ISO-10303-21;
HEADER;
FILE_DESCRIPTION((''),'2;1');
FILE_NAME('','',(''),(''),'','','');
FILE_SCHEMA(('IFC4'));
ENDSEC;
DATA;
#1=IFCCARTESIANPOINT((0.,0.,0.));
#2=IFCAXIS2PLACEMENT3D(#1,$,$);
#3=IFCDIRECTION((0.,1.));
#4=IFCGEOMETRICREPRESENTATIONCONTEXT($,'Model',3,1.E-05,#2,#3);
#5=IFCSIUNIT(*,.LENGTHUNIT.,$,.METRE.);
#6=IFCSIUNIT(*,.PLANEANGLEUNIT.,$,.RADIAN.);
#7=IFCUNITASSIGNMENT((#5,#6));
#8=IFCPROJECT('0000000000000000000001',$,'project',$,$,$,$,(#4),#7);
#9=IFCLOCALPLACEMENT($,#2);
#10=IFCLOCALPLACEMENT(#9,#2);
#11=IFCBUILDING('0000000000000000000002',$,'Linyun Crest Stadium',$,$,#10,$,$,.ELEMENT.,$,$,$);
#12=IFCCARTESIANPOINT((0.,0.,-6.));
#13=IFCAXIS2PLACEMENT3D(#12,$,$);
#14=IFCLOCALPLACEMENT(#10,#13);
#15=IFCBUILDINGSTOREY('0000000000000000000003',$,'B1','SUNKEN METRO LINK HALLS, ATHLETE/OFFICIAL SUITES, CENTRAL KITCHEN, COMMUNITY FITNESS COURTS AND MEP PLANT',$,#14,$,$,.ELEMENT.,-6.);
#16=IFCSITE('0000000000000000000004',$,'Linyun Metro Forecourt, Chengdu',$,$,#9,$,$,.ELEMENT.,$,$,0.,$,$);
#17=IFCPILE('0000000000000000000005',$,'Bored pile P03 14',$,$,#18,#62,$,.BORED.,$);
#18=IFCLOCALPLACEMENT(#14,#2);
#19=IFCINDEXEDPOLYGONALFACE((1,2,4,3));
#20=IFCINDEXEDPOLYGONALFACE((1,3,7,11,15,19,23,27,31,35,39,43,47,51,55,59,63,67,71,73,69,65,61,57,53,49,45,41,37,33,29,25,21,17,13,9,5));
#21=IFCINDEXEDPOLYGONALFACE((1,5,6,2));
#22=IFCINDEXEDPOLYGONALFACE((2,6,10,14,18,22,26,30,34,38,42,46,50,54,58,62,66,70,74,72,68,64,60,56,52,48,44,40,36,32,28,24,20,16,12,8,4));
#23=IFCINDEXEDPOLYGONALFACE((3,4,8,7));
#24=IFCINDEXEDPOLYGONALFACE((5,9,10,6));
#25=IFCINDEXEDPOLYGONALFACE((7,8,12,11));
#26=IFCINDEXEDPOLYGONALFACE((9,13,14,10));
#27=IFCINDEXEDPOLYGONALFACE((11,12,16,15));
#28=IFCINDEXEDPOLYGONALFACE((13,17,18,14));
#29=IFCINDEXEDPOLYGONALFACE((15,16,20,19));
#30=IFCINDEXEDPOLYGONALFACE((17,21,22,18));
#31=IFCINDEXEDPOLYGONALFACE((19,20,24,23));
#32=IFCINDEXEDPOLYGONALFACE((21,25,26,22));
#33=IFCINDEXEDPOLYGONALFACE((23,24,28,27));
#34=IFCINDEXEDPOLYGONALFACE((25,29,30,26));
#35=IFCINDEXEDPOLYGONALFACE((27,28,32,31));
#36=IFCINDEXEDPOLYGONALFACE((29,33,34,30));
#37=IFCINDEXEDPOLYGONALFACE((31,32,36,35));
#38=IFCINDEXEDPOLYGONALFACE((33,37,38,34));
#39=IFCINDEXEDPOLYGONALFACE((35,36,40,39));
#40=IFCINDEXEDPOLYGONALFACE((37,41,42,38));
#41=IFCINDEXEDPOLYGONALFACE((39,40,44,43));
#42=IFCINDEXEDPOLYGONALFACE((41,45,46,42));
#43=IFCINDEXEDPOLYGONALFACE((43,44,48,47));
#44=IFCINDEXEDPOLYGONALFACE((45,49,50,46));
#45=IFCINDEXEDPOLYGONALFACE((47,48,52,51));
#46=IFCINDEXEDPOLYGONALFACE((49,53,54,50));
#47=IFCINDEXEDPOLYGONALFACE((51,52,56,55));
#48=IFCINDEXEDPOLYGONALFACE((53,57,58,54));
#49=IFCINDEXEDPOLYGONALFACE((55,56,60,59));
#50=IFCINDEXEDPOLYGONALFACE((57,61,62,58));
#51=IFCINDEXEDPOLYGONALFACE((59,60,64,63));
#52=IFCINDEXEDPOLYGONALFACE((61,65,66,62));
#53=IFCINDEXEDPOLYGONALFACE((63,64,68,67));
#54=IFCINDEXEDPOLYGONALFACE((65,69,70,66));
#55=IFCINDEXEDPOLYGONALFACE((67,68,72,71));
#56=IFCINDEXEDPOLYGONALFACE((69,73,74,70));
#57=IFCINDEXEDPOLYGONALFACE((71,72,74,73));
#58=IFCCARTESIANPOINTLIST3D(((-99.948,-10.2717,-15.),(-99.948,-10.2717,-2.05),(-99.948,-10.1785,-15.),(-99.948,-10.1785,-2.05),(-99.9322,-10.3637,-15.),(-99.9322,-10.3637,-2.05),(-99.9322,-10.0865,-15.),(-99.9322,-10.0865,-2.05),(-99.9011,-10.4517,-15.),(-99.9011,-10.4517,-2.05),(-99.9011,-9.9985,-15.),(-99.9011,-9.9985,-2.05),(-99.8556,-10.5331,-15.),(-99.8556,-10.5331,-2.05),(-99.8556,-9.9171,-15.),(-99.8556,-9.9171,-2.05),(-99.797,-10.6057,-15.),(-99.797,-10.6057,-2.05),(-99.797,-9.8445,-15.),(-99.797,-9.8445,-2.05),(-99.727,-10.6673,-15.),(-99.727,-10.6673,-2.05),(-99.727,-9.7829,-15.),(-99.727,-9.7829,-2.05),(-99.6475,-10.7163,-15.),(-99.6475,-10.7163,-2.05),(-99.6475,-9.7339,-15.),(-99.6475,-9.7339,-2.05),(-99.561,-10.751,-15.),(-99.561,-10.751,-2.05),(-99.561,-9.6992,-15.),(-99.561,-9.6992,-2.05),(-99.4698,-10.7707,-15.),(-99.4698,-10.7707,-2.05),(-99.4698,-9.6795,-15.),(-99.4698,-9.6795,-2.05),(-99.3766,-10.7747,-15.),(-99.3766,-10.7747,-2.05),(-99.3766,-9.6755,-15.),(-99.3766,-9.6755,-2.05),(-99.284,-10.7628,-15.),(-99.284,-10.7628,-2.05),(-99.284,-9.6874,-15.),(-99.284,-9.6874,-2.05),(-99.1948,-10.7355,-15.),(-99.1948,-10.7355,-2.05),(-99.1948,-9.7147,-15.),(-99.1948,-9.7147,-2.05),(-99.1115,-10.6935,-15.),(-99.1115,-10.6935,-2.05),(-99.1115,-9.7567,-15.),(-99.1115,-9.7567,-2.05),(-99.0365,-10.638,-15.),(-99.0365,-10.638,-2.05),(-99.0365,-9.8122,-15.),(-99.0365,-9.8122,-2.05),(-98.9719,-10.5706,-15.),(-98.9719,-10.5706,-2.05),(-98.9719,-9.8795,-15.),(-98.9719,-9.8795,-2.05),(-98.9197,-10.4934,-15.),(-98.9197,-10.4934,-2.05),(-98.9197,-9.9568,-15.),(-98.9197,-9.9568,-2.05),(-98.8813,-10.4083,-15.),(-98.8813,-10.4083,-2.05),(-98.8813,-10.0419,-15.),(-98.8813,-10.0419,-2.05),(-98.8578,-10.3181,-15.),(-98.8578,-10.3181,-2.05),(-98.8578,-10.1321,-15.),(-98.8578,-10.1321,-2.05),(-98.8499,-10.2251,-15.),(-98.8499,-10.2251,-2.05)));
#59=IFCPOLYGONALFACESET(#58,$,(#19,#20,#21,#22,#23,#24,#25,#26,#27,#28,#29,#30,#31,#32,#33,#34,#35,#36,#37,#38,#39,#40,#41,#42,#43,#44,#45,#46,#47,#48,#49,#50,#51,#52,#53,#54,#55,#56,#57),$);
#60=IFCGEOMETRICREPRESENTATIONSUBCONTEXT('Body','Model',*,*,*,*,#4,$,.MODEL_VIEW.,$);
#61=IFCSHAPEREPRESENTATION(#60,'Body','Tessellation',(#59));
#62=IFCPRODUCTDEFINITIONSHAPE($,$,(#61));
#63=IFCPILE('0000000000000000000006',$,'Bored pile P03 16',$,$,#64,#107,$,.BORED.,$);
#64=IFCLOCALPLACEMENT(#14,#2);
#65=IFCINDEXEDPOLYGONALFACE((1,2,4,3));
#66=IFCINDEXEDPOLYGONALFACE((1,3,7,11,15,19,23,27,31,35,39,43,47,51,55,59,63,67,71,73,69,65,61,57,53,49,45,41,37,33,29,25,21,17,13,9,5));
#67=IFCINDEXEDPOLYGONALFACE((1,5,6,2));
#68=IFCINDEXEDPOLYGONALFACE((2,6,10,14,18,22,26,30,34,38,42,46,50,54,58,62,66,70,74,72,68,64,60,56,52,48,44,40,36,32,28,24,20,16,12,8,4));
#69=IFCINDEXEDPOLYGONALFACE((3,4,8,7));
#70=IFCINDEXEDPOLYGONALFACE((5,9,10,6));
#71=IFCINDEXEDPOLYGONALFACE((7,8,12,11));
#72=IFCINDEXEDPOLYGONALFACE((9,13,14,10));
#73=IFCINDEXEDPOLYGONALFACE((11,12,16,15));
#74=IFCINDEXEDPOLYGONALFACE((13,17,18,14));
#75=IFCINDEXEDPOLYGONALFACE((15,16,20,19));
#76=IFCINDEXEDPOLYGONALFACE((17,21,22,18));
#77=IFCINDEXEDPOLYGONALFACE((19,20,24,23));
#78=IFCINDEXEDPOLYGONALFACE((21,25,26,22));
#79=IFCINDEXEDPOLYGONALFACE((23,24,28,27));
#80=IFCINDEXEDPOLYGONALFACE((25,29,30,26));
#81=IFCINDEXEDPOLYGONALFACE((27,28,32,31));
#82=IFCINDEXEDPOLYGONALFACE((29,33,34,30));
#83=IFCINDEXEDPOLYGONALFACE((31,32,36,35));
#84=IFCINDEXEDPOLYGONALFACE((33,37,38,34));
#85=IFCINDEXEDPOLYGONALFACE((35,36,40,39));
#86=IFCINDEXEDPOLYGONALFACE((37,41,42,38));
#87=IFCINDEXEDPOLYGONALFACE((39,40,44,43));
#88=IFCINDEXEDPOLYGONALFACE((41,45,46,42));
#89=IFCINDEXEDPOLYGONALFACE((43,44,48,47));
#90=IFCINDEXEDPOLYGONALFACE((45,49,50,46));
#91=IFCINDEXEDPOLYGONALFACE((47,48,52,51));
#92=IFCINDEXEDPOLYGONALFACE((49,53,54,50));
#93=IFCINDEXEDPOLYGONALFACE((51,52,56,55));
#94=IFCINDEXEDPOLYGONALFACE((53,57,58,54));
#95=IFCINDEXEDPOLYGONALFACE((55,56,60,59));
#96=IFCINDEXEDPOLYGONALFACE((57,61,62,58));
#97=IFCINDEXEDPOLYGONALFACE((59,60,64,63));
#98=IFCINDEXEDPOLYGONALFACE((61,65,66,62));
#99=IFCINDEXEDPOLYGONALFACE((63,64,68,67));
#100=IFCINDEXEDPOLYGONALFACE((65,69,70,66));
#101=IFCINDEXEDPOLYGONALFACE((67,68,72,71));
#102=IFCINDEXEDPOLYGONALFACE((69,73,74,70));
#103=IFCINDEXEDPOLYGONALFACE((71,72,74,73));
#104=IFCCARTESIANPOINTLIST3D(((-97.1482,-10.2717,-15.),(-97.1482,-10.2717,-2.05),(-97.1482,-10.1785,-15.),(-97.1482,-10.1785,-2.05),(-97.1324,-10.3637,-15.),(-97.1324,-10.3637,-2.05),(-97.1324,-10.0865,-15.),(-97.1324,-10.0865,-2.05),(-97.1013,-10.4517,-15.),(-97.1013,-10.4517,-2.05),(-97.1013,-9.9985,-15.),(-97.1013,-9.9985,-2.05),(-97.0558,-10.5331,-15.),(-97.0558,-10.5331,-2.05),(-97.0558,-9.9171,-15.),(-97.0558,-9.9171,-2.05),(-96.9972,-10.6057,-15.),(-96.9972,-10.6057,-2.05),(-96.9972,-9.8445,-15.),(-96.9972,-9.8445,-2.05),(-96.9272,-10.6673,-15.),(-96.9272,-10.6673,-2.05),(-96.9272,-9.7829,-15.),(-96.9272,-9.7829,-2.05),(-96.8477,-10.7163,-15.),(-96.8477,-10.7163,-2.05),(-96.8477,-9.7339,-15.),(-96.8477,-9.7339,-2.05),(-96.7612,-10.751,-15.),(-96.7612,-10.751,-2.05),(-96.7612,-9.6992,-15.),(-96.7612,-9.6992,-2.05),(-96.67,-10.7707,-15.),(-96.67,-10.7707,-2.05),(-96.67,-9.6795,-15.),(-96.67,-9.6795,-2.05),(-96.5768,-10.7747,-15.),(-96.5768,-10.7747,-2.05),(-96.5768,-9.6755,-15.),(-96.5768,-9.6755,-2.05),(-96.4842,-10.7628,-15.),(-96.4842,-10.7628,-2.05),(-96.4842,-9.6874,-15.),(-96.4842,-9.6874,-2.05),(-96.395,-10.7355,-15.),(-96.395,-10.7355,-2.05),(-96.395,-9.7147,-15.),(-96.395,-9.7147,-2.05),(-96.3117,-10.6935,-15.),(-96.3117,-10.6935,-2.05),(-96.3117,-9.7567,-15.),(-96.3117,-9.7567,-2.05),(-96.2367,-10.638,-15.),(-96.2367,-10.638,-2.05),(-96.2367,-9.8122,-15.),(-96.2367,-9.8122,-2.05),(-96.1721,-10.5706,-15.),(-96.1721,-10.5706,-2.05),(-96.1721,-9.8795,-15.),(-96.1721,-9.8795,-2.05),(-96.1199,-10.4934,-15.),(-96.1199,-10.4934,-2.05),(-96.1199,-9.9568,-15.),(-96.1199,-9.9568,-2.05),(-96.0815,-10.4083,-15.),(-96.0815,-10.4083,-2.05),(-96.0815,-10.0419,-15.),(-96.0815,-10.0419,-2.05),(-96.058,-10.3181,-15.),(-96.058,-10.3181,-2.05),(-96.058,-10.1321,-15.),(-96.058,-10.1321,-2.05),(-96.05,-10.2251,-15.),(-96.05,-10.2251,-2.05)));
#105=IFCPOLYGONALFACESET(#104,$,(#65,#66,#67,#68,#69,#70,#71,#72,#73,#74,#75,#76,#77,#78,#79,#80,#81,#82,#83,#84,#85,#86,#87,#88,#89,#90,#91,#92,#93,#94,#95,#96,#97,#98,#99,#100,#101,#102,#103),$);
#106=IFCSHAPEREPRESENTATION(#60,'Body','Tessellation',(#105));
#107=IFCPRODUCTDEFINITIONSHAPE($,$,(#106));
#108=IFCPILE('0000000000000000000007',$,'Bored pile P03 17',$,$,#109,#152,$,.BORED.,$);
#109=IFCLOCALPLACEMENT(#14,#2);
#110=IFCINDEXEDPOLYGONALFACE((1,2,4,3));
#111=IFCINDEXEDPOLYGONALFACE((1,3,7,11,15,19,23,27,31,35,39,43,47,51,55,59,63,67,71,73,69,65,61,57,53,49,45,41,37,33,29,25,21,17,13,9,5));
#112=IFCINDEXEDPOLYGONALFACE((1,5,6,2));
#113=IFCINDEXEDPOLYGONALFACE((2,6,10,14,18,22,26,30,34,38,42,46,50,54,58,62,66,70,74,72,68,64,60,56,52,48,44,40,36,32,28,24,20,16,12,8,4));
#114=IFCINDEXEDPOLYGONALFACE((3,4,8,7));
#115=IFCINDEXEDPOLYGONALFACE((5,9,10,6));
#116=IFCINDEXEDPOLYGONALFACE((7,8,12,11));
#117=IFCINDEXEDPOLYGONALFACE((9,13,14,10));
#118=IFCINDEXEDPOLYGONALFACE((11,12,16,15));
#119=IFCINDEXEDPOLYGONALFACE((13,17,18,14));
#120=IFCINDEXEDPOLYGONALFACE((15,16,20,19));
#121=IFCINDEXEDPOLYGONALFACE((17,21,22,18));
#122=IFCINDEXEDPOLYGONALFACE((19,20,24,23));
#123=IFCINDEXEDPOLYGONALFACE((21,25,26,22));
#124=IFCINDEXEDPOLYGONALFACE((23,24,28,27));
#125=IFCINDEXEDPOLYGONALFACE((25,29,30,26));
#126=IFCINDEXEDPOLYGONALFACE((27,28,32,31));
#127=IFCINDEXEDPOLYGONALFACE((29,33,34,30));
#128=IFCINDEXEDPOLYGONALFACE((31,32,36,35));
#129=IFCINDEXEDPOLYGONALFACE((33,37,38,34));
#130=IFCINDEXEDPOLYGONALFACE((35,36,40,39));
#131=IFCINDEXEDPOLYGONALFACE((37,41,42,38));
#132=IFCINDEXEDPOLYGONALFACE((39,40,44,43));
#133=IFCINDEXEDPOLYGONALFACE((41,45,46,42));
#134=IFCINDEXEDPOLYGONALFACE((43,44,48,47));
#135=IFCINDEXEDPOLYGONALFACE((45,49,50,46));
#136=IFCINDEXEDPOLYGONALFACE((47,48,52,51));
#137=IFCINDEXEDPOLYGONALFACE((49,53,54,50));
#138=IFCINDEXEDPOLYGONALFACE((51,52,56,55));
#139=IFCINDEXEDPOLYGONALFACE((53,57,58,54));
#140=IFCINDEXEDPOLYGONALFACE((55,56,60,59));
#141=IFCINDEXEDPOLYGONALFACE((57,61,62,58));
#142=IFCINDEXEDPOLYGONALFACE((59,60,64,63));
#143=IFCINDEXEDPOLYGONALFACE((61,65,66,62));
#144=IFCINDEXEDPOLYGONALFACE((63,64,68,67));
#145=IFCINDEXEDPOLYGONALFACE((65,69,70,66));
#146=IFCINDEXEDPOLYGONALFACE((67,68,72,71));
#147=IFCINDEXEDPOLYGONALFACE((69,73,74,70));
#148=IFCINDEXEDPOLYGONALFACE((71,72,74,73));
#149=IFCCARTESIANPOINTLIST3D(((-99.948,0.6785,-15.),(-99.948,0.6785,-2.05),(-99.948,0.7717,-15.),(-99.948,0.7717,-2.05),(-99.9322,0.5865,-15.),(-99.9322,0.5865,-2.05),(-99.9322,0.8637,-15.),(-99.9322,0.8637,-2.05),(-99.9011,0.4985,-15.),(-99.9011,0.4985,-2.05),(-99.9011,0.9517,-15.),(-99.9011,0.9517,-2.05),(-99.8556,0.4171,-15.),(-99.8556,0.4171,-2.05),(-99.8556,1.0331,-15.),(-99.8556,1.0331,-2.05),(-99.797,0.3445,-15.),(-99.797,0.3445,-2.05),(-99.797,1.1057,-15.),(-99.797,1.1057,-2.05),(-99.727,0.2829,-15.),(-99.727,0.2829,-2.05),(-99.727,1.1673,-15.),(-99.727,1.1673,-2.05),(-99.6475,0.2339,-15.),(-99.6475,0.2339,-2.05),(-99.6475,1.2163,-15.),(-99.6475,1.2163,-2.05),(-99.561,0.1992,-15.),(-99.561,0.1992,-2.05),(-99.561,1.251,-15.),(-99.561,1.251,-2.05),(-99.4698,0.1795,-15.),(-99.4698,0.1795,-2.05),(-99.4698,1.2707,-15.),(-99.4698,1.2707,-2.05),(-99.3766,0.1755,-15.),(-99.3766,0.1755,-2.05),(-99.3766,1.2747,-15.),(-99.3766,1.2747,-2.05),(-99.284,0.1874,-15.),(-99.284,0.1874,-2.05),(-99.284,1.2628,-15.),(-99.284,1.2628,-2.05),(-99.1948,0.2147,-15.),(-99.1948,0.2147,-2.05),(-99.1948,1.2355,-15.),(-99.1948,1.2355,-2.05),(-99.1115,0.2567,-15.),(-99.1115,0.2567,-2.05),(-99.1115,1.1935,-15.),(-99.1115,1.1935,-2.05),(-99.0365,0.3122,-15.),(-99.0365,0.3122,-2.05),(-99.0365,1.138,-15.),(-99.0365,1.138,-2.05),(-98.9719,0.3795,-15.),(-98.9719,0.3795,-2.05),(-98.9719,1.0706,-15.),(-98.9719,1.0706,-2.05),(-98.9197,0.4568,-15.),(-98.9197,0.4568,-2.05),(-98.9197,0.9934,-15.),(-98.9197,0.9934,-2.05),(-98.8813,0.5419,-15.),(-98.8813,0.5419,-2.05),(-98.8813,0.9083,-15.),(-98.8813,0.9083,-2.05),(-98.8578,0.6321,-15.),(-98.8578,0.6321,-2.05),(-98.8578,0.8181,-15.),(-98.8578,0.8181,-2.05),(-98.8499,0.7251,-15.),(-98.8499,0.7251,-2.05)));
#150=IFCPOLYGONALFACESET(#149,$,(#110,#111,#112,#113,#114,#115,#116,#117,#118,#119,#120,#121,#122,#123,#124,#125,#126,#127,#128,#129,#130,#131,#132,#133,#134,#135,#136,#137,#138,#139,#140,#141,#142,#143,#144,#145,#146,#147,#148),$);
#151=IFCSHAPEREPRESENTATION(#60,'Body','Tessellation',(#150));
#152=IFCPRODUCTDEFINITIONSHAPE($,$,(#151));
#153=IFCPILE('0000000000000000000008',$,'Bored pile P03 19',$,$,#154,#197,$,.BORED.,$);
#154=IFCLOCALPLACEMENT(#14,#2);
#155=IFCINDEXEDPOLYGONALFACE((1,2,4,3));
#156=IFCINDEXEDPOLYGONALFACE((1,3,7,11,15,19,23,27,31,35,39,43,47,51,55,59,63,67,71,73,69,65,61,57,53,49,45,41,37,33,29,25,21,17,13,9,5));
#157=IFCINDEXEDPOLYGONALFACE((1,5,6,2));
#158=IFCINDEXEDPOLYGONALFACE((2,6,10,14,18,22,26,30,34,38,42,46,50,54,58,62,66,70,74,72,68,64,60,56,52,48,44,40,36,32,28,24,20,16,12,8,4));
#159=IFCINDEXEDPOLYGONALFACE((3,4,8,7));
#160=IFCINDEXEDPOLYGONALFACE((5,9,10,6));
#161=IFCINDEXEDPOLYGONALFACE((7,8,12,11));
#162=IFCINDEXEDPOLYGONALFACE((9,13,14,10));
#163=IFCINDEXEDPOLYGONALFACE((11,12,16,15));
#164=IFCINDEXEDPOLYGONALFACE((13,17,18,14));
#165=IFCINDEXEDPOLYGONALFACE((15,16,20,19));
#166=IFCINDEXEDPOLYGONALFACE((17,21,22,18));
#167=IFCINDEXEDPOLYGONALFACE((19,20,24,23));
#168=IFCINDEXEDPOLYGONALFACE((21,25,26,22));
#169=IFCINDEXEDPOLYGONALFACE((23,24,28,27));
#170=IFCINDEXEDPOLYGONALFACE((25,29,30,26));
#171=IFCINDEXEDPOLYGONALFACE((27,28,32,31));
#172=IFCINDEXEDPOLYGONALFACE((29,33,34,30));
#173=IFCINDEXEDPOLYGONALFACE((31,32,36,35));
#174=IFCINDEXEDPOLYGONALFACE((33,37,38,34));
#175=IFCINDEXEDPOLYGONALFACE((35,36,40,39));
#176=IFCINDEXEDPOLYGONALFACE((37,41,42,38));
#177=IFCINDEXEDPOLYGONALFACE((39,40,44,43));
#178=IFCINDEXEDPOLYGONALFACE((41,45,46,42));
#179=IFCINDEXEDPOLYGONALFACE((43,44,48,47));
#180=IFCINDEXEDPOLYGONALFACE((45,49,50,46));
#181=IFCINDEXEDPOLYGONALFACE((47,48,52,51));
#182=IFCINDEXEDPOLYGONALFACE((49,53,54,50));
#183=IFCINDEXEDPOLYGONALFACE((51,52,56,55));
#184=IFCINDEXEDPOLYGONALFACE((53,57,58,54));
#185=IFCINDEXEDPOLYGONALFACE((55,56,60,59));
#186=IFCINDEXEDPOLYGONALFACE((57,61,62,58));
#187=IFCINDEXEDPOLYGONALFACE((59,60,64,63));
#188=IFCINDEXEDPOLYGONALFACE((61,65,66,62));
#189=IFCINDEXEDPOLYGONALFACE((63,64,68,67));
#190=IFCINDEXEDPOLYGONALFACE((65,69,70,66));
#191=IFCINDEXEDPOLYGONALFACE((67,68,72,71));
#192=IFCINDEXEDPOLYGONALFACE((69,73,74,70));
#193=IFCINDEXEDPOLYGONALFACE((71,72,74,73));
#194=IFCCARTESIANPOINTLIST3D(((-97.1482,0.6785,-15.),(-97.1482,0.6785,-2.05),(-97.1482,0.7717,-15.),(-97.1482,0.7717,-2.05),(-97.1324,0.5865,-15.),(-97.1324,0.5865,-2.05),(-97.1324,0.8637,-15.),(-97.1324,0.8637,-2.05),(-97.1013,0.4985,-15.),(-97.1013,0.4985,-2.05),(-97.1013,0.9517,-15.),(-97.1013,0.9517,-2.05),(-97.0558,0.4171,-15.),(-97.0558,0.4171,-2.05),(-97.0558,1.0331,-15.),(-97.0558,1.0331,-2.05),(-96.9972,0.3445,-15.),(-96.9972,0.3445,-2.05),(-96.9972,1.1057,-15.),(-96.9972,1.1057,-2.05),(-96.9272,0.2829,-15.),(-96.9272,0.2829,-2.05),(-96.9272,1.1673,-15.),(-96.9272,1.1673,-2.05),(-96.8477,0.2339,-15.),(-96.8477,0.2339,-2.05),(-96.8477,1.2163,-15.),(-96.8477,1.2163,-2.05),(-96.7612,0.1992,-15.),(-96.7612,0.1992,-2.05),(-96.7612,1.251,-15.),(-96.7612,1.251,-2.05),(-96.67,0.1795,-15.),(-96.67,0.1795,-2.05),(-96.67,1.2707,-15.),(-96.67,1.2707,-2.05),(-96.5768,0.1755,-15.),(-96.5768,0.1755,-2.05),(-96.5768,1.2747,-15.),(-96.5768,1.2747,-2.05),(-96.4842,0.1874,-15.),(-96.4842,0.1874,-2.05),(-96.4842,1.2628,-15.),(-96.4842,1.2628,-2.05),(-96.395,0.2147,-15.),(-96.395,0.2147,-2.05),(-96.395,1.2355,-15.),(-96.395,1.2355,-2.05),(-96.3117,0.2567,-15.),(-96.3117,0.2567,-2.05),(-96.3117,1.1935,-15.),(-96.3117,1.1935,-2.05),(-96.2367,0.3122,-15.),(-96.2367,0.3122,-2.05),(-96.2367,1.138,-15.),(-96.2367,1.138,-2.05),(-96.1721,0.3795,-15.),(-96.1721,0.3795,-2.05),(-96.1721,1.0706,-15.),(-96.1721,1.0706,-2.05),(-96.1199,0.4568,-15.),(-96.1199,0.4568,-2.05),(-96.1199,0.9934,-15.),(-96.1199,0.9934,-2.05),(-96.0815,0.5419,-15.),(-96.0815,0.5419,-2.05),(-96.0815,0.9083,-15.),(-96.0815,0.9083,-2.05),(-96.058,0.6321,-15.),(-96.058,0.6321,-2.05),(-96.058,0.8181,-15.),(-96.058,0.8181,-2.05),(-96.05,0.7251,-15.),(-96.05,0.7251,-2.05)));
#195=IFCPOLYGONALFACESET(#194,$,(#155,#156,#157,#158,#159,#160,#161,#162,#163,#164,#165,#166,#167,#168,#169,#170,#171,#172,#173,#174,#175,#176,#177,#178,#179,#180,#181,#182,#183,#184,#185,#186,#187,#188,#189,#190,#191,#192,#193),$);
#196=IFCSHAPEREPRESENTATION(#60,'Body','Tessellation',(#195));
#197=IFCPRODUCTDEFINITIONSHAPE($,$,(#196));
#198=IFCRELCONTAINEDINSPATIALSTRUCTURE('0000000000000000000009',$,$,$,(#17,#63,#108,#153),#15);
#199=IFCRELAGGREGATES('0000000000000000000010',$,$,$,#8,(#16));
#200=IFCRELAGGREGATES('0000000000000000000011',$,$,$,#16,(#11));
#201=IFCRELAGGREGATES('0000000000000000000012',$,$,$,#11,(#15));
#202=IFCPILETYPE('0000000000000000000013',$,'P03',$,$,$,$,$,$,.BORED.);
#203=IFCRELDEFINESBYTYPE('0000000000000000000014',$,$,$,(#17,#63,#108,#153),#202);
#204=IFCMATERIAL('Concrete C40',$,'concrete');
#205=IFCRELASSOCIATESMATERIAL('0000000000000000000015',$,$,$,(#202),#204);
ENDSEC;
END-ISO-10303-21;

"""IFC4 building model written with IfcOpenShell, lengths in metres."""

from ifc_helpers import new_model, si_unit, direction, frame, origin, origin_2d, place, context, subcontext, project, spatial, circle, extrude, material, material_profile, profile_set, type_object, element, save


model = new_model("IFC4")

# Units and contexts
model_context = context("Model", 3, precision=1e-05, world=origin(), true_north=direction((0.0, 1.0)))
body_context = subcontext(model_context, "Body", "Model", "MODEL_VIEW")
ifc_project = project(units=[si_unit("LENGTHUNIT", "METRE"), si_unit("PLANEANGLEUNIT", "RADIAN")], contexts=[model_context])

# Site, building, storey
site_placement = place(None, origin())
site = spatial("IfcSite", under=ifc_project, at=site_placement, Name="Linyun Metro Forecourt, Chengdu", CompositionType="ELEMENT", RefElevation=0.0)
building_placement = place(site_placement, origin())
building = spatial("IfcBuilding", under=site, at=building_placement, Name="Linyun Crest Stadium", CompositionType="ELEMENT")
storey_placement = place(building_placement, frame((0.0, 0.0, -6.0)))
storey = spatial("IfcBuildingStorey", under=building, at=storey_placement, Name="B1", Description="SUNKEN METRO LINK HALLS, ATHLETE/OFFICIAL SUITES, CENTRAL KITCHEN, COMMUNITY FITNESS COURTS AND MEP PLANT", CompositionType="ELEMENT", Elevation=-6.0)

# Piles
ifc_material_1 = material(Name="Concrete C40", Category="concrete")
ifc_material_profile_1 = material_profile(ifc_material_1, circle(Radius=0.55, at=origin_2d()), Name="BORED PILE 1100")
ifc_profile_set_1 = profile_set([ifc_material_profile_1], Name="Concrete C40")
pile_type_1 = type_object("IfcPileType", Name="P03", PredefinedType="BORED", material=ifc_profile_set_1)
for number, where, z_axis, x_axis, name in (
    (1, (-99.3999, -10.2251, -2.05), (0.0, 0.0, -1.0), (1.0, 0.0, 0.0), "Bored pile P03 14"),
    (2, (-96.6001, -10.2251, -2.05), (0.0, 0.0, -1.0), (1.0, 0.0, 0.0), "Bored pile P03 16"),
    (3, (-99.3999, 0.7251, -2.05), (0.0, 0.0, -1.0), (1.0, 0.0, 0.0), "Bored pile P03 17"),
    (4, (-96.6001, 0.7251, -2.05), (0.0, 0.0, -1.0), (1.0, 0.0, 0.0), "Bored pile P03 19"),
):
    element("IfcPile", number, at=place(storey_placement, frame(where, z_axis=z_axis, x_axis=x_axis)), inside=storey, type_object=pile_type_1, Name=name, PredefinedType="BORED", context=body_context, shape_type="SweptSolid", body=[
        extrude(circle(Radius=0.55, at=origin_2d()), origin(), (0.0, 0.0, 1.0), 12.95),
    ])

save(model, "model.ifc")
